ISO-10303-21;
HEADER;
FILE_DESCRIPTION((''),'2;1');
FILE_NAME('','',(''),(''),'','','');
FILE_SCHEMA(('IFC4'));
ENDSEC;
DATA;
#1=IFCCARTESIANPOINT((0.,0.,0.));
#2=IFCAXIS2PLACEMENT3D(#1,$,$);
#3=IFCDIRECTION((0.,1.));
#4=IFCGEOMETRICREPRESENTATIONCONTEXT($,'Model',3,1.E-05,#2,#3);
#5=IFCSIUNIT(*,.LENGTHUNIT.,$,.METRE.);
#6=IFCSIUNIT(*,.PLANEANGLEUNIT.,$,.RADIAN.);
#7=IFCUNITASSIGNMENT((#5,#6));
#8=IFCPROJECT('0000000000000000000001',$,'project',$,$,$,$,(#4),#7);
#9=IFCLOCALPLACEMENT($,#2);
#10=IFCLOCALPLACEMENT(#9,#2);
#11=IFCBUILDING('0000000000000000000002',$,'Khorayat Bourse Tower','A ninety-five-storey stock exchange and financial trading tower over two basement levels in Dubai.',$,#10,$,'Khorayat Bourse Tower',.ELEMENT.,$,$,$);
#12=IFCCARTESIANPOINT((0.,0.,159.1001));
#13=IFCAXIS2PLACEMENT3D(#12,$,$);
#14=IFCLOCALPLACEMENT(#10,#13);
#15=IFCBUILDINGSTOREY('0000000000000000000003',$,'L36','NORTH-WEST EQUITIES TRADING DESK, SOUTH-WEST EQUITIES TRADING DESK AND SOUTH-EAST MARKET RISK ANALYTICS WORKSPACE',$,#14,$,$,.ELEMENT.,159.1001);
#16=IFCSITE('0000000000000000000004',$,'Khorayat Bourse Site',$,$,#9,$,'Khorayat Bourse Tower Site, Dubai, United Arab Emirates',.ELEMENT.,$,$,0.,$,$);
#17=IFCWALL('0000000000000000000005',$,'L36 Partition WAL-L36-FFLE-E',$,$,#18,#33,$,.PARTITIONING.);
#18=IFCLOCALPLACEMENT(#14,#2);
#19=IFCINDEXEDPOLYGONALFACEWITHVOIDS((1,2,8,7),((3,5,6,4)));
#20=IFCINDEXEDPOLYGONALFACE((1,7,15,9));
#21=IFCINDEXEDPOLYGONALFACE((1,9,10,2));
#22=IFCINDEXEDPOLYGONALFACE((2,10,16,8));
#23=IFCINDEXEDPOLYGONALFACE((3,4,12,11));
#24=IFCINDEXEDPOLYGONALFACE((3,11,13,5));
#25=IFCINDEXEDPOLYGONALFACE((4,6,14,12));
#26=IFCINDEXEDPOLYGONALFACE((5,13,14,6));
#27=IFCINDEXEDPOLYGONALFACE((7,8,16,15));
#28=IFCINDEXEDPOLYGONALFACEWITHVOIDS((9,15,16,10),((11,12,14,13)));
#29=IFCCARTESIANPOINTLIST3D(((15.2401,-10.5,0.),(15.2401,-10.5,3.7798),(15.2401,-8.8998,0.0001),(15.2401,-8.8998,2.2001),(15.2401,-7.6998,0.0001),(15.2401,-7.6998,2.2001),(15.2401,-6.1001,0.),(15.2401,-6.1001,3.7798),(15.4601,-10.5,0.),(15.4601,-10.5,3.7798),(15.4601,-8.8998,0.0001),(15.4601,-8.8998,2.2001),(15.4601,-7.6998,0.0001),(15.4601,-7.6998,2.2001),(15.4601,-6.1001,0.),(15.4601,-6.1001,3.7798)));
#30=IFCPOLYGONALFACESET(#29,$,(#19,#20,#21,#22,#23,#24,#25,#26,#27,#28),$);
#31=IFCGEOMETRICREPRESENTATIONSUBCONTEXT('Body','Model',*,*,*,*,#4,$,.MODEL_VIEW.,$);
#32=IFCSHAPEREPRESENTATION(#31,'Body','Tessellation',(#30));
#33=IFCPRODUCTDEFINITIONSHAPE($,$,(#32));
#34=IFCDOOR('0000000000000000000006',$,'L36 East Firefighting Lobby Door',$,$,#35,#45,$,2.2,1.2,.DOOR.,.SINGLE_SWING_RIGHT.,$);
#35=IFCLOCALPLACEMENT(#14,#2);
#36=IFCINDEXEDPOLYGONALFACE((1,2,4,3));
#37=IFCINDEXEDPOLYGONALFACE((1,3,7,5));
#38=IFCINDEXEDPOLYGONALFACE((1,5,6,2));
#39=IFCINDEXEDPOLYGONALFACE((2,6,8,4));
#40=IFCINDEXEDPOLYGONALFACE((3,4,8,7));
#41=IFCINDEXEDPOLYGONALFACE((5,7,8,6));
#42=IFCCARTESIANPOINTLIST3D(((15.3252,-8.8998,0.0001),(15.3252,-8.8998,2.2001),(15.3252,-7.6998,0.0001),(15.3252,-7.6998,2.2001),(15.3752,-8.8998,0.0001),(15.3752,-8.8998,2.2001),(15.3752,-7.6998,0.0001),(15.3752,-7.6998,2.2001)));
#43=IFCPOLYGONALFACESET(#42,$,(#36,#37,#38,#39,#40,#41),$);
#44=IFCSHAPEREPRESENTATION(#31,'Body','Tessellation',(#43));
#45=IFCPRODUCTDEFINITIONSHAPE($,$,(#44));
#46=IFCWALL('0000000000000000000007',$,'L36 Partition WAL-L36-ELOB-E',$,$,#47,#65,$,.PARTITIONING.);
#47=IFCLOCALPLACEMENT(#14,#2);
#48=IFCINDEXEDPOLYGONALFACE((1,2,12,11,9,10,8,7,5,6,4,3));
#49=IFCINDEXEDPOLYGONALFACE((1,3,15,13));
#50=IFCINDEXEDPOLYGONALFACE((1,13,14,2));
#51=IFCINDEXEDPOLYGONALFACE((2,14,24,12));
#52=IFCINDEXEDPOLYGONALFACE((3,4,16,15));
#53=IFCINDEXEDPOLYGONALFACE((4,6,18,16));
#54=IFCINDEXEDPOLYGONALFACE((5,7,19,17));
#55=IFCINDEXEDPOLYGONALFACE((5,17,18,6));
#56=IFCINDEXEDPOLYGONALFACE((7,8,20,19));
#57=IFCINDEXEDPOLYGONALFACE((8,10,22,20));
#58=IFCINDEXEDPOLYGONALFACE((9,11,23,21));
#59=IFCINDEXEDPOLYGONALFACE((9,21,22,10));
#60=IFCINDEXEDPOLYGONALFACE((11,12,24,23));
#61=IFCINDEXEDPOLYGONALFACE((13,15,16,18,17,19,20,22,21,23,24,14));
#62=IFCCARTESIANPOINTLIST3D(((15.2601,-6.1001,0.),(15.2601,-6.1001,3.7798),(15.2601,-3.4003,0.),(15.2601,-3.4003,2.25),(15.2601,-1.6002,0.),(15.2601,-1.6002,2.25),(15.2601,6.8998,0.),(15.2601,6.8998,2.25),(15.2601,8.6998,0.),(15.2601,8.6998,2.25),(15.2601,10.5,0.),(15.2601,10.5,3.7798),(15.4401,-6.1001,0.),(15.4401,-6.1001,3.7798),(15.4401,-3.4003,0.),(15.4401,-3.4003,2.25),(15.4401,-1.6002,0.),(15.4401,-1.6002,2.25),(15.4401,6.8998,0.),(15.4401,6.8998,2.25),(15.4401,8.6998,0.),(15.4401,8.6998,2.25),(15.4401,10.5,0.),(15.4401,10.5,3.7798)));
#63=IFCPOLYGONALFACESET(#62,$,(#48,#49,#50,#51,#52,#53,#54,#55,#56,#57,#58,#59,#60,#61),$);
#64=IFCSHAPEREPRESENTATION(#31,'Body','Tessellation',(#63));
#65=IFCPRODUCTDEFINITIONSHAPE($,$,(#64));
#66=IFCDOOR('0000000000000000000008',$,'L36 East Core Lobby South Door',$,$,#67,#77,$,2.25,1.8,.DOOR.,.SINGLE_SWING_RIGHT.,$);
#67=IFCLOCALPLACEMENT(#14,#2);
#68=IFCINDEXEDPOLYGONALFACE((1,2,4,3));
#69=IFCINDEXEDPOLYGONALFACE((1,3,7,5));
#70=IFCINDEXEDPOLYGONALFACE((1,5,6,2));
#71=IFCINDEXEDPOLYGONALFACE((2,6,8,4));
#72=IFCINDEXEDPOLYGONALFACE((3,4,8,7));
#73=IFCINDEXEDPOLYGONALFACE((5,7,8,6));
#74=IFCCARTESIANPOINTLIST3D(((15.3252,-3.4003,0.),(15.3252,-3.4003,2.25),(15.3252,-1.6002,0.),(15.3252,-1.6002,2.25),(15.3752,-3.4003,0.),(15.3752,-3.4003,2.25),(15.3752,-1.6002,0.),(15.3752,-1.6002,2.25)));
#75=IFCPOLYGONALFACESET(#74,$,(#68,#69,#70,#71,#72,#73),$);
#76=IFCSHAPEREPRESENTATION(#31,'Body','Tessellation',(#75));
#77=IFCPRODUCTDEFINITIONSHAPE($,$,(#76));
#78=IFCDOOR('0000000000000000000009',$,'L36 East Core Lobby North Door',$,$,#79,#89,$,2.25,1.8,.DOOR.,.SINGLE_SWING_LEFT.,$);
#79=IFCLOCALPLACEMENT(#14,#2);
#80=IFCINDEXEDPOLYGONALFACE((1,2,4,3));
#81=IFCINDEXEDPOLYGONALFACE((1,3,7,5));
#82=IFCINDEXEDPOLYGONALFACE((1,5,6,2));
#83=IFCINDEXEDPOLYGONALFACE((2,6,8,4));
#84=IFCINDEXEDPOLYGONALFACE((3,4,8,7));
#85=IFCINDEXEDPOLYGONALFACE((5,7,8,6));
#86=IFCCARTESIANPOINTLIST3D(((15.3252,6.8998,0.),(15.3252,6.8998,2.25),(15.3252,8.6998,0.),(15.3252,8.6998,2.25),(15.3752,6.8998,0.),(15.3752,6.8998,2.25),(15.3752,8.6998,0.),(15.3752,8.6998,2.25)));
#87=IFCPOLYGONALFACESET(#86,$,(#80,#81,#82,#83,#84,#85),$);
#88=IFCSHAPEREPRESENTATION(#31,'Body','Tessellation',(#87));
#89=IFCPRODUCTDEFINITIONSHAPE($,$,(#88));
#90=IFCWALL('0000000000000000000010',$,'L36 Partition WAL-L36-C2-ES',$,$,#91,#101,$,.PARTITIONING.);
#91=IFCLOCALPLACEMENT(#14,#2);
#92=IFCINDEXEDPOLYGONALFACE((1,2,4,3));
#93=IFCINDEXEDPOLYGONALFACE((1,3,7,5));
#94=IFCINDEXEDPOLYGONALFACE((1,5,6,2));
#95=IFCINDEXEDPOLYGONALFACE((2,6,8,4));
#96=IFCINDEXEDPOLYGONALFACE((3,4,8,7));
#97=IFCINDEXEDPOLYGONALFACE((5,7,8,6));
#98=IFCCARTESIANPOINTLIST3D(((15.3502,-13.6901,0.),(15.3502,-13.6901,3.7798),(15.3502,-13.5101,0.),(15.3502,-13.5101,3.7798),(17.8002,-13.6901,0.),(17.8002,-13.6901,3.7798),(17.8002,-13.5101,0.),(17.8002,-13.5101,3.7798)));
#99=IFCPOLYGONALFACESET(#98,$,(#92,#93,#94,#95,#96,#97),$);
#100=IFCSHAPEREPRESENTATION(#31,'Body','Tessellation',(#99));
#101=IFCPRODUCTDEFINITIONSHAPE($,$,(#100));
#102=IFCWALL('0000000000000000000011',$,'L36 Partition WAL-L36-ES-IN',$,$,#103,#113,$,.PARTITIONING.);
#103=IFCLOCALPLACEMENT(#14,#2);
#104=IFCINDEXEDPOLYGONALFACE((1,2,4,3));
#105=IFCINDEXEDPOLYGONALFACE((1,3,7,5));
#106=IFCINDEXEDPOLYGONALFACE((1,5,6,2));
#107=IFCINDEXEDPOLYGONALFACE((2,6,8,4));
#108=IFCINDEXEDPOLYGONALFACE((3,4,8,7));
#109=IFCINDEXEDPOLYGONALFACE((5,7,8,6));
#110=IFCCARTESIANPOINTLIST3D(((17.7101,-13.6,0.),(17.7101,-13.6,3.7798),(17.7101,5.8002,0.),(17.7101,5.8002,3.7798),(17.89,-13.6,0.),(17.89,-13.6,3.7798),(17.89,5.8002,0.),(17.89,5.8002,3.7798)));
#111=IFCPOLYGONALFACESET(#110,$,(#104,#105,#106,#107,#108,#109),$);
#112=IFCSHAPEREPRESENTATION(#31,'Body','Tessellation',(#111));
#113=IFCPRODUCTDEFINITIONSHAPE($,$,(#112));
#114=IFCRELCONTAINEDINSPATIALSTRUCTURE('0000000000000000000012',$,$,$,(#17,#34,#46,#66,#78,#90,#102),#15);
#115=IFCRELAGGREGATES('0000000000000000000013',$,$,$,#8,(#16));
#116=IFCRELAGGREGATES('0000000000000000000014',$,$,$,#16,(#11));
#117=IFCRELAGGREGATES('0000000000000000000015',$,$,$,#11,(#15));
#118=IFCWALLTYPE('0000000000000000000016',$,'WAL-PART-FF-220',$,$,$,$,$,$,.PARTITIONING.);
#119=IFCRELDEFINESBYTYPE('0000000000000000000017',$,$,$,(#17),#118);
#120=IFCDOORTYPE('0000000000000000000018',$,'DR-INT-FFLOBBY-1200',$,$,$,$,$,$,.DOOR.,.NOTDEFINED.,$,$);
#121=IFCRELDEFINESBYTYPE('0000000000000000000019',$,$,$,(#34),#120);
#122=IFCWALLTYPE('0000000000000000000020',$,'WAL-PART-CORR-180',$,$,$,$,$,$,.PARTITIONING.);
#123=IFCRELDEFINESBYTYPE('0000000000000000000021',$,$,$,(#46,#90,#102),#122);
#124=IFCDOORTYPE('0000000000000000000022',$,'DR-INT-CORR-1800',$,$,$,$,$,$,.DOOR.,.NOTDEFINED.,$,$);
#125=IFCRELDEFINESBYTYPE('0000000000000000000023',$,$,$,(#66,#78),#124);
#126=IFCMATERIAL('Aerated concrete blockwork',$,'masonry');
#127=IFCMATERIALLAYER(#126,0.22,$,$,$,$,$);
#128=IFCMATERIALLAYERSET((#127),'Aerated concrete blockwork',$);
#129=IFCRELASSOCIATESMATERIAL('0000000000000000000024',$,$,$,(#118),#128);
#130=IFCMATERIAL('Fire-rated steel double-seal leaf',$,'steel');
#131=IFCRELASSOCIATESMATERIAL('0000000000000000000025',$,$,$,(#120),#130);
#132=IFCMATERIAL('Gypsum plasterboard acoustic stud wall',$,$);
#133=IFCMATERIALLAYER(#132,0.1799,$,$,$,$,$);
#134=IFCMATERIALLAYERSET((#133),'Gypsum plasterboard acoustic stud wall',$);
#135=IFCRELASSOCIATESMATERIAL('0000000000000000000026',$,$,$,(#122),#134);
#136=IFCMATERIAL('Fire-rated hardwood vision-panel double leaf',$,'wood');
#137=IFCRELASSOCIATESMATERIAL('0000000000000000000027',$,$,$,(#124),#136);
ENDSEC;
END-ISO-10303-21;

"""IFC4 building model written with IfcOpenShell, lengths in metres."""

from ifc_helpers import new_model, si_unit, direction, frame, frame_2d, origin, place, context, subcontext, project, spatial, rectangle, extrude, source, transform, mapped, material, layer, layer_set, type_object, element, fill, save


model = new_model("IFC4")

# Units and contexts
model_context = context("Model", 3, precision=1e-05, world=origin(), true_north=direction((0.0, 1.0)))
body_context = subcontext(model_context, "Body", "Model", "MODEL_VIEW")
ifc_project = project(units=[si_unit("LENGTHUNIT", "METRE"), si_unit("PLANEANGLEUNIT", "RADIAN")], contexts=[model_context])

# Site, building, storey
site_placement = place(None, origin())
site = spatial("IfcSite", under=ifc_project, at=site_placement, Name="Khorayat Bourse Site", LongName="Khorayat Bourse Tower Site, Dubai, United Arab Emirates", CompositionType="ELEMENT", RefElevation=0.0)
building_placement = place(site_placement, origin())
building = spatial("IfcBuilding", under=site, at=building_placement, Name="Khorayat Bourse Tower", Description="A ninety-five-storey stock exchange and financial trading tower over two basement levels in Dubai.", LongName="Khorayat Bourse Tower", CompositionType="ELEMENT")
storey_placement = place(building_placement, frame((0.0, 0.0, 159.1001)))
storey = spatial("IfcBuildingStorey", under=building, at=storey_placement, Name="L36", Description="NORTH-WEST EQUITIES TRADING DESK, SOUTH-WEST EQUITIES TRADING DESK AND SOUTH-EAST MARKET RISK ANALYTICS WORKSPACE", CompositionType="ELEMENT", Elevation=159.1001)

# Shared definitions
ifc_material_1 = material(Name="Aerated concrete blockwork", Category="masonry")
ifc_layer_1 = layer(ifc_material_1, 0.22)
ifc_layer_set_1 = layer_set([ifc_layer_1], Name="Aerated concrete blockwork")
wall_type_1 = type_object("IfcWallType", Name="WAL-PART-FF-220", PredefinedType="PARTITIONING", material=ifc_layer_set_1)

# Wall, opening, door
shared_shape_1 = source(origin(), body_context, "Body", "SweptSolid", [
    extrude(rectangle(XDim=4.3999, YDim=0.22, at=frame_2d((2.2, 0.0))), origin(), (0.0, 0.0, 1.0), 3.7798),
])
wall_1_placement = place(storey_placement, frame((15.3501, -10.5, 0.0), z_axis=(0.0, 0.0, 1.0), x_axis=(0.0, 1.0, 0.0)))
wall_1 = element("IfcWall", 1, at=wall_1_placement, inside=storey, type_object=wall_type_1, Name="L36 Partition WAL-L36-FFLE-E", PredefinedType="PARTITIONING", context=body_context, shape_type="MappedRepresentation", body=[
    mapped(shared_shape_1, transform((0.0, 0.0, 0.0), scale=1.0)),
])
shared_shape_2 = source(origin(), body_context, "Body", "SweptSolid", [
    extrude(rectangle(XDim=1.2, YDim=2.2, at=frame_2d((0.6001, 1.1001))), frame((0.0, 0.1199, 0.0), z_axis=(0.0, -1.0, 0.0), x_axis=(1.0, 0.0, 0.0)), (0.0, 0.0, 1.0), 0.24),
])
opening_1_placement = place(wall_1_placement, frame((1.6001, 0.0, 0.0)))
opening_1 = element("IfcOpeningElement", 2, at=opening_1_placement, cuts=wall_1, PredefinedType="OPENING", context=body_context, shape_type="MappedRepresentation", body=[
    mapped(shared_shape_2, transform((0.0, 0.0, 0.0), scale=1.0)),
])
ifc_material_2 = material(Name="Fire-rated steel double-seal leaf", Category="steel")
door_type_1 = type_object("IfcDoorType", Name="DR-INT-FFLOBBY-1200", OperationType="NOTDEFINED", PredefinedType="DOOR", material=ifc_material_2)
shared_shape_3 = source(origin(), body_context, "Body", "SweptSolid", [
    extrude(rectangle(XDim=1.2, YDim=2.2, at=frame_2d((0.6001, 1.1001))), frame((0.0, 0.0249, 0.0), z_axis=(0.0, -1.0, 0.0), x_axis=(1.0, 0.0, 0.0)), (0.0, 0.0, 1.0), 0.05),
])
door_1_placement = place(opening_1_placement, origin())
door_1 = element("IfcDoor", 3, at=door_1_placement, inside=storey, type_object=door_type_1, Name="L36 East Firefighting Lobby Door", OperationType="SINGLE_SWING_RIGHT", OverallHeight=2.2, OverallWidth=1.2, PredefinedType="DOOR", context=body_context, shape_type="MappedRepresentation", body=[
    mapped(shared_shape_3, transform((0.0, 0.0, 0.0), scale=1.0)),
])
fill(opening_1, door_1)

# Wall, openings, doors
ifc_material_3 = material(Name="Gypsum plasterboard acoustic stud wall")
ifc_layer_2 = layer(ifc_material_3, 0.1799)
ifc_layer_set_2 = layer_set([ifc_layer_2], Name="Gypsum plasterboard acoustic stud wall")
wall_type_2 = type_object("IfcWallType", Name="WAL-PART-CORR-180", PredefinedType="PARTITIONING", material=ifc_layer_set_2)
shared_shape_4 = source(origin(), body_context, "Body", "SweptSolid", [
    extrude(rectangle(XDim=16.6001, YDim=0.1799, at=frame_2d((8.3, 0.0))), origin(), (0.0, 0.0, 1.0), 3.7798),
])
wall_2_placement = place(storey_placement, frame((15.3501, -6.1001, 0.0), z_axis=(0.0, 0.0, 1.0), x_axis=(0.0, 1.0, 0.0)))
wall_2 = element("IfcWall", 4, at=wall_2_placement, inside=storey, type_object=wall_type_2, Name="L36 Partition WAL-L36-ELOB-E", PredefinedType="PARTITIONING", context=body_context, shape_type="MappedRepresentation", body=[
    mapped(shared_shape_4, transform((0.0, 0.0, 0.0), scale=1.0)),
])
shared_shape_5 = source(origin(), body_context, "Body", "SweptSolid", [
    extrude(rectangle(XDim=1.8, YDim=2.25, at=frame_2d((0.8999, 1.125))), frame((0.0, 0.0999, 0.0), z_axis=(0.0, -1.0, 0.0), x_axis=(1.0, 0.0, 0.0)), (0.0, 0.0, 1.0), 0.2),
])
opening_2_placement = place(wall_2_placement, frame((2.7, 0.0, 0.0)))
opening_2 = element("IfcOpeningElement", 5, at=opening_2_placement, cuts=wall_2, PredefinedType="OPENING", context=body_context, shape_type="MappedRepresentation", body=[
    mapped(shared_shape_5, transform((0.0, 0.0, 0.0), scale=1.0)),
])
opening_3_placement = place(wall_2_placement, frame((13.0, 0.0, 0.0)))
opening_3 = element("IfcOpeningElement", 6, at=opening_3_placement, cuts=wall_2, PredefinedType="OPENING", context=body_context, shape_type="MappedRepresentation", body=[
    mapped(shared_shape_5, transform((0.0, 0.0, 0.0), scale=1.0)),
])
ifc_material_4 = material(Name="Fire-rated hardwood vision-panel double leaf", Category="wood")
door_type_2 = type_object("IfcDoorType", Name="DR-INT-CORR-1800", OperationType="NOTDEFINED", PredefinedType="DOOR", material=ifc_material_4)
shared_shape_6 = source(origin(), body_context, "Body", "SweptSolid", [
    extrude(rectangle(XDim=1.8, YDim=2.25, at=frame_2d((0.8999, 1.125))), frame((0.0, 0.0249, 0.0), z_axis=(0.0, -1.0, 0.0), x_axis=(1.0, 0.0, 0.0)), (0.0, 0.0, 1.0), 0.05),
])
door_2_placement = place(opening_2_placement, origin())
door_2 = element("IfcDoor", 7, at=door_2_placement, inside=storey, type_object=door_type_2, Name="L36 East Core Lobby South Door", OperationType="SINGLE_SWING_RIGHT", OverallHeight=2.25, OverallWidth=1.8, PredefinedType="DOOR", context=body_context, shape_type="MappedRepresentation", body=[
    mapped(shared_shape_6, transform((0.0, 0.0, 0.0), scale=1.0)),
])
fill(opening_2, door_2)
door_3_placement = place(opening_3_placement, origin())
door_3 = element("IfcDoor", 8, at=door_3_placement, inside=storey, type_object=door_type_2, Name="L36 East Core Lobby North Door", OperationType="SINGLE_SWING_LEFT", OverallHeight=2.25, OverallWidth=1.8, PredefinedType="DOOR", context=body_context, shape_type="MappedRepresentation", body=[
    mapped(shared_shape_6, transform((0.0, 0.0, 0.0), scale=1.0)),
])
fill(opening_3, door_3)

# Walls
shared_shape_7 = source(origin(), body_context, "Body", "SweptSolid", [
    extrude(rectangle(XDim=2.45, YDim=0.1799, at=frame_2d((1.2251, 0.0))), origin(), (0.0, 0.0, 1.0), 3.7798),
])
wall_3_placement = place(storey_placement, frame((15.3501, -13.6001, 0.0), z_axis=(0.0, 0.0, 1.0), x_axis=(1.0, 0.0, 0.0)))
element("IfcWall", 9, at=wall_3_placement, inside=storey, type_object=wall_type_2, Name="L36 Partition WAL-L36-C2-ES", PredefinedType="PARTITIONING", context=body_context, shape_type="MappedRepresentation", body=[
    mapped(shared_shape_7, transform((0.0, 0.0, 0.0), scale=1.0)),
])
shared_shape_8 = source(origin(), body_context, "Body", "SweptSolid", [
    extrude(rectangle(XDim=19.4001, YDim=0.1799, at=frame_2d((9.7002, 0.0))), origin(), (0.0, 0.0, 1.0), 3.7798),
])
wall_4_placement = place(storey_placement, frame((17.8, -13.6001, 0.0), z_axis=(0.0, 0.0, 1.0), x_axis=(0.0, 1.0, 0.0)))
element("IfcWall", 10, at=wall_4_placement, inside=storey, type_object=wall_type_2, Name="L36 Partition WAL-L36-ES-IN", PredefinedType="PARTITIONING", context=body_context, shape_type="MappedRepresentation", body=[
    mapped(shared_shape_8, transform((0.0, 0.0, 0.0), scale=1.0)),
])

save(model, "model.ifc")
